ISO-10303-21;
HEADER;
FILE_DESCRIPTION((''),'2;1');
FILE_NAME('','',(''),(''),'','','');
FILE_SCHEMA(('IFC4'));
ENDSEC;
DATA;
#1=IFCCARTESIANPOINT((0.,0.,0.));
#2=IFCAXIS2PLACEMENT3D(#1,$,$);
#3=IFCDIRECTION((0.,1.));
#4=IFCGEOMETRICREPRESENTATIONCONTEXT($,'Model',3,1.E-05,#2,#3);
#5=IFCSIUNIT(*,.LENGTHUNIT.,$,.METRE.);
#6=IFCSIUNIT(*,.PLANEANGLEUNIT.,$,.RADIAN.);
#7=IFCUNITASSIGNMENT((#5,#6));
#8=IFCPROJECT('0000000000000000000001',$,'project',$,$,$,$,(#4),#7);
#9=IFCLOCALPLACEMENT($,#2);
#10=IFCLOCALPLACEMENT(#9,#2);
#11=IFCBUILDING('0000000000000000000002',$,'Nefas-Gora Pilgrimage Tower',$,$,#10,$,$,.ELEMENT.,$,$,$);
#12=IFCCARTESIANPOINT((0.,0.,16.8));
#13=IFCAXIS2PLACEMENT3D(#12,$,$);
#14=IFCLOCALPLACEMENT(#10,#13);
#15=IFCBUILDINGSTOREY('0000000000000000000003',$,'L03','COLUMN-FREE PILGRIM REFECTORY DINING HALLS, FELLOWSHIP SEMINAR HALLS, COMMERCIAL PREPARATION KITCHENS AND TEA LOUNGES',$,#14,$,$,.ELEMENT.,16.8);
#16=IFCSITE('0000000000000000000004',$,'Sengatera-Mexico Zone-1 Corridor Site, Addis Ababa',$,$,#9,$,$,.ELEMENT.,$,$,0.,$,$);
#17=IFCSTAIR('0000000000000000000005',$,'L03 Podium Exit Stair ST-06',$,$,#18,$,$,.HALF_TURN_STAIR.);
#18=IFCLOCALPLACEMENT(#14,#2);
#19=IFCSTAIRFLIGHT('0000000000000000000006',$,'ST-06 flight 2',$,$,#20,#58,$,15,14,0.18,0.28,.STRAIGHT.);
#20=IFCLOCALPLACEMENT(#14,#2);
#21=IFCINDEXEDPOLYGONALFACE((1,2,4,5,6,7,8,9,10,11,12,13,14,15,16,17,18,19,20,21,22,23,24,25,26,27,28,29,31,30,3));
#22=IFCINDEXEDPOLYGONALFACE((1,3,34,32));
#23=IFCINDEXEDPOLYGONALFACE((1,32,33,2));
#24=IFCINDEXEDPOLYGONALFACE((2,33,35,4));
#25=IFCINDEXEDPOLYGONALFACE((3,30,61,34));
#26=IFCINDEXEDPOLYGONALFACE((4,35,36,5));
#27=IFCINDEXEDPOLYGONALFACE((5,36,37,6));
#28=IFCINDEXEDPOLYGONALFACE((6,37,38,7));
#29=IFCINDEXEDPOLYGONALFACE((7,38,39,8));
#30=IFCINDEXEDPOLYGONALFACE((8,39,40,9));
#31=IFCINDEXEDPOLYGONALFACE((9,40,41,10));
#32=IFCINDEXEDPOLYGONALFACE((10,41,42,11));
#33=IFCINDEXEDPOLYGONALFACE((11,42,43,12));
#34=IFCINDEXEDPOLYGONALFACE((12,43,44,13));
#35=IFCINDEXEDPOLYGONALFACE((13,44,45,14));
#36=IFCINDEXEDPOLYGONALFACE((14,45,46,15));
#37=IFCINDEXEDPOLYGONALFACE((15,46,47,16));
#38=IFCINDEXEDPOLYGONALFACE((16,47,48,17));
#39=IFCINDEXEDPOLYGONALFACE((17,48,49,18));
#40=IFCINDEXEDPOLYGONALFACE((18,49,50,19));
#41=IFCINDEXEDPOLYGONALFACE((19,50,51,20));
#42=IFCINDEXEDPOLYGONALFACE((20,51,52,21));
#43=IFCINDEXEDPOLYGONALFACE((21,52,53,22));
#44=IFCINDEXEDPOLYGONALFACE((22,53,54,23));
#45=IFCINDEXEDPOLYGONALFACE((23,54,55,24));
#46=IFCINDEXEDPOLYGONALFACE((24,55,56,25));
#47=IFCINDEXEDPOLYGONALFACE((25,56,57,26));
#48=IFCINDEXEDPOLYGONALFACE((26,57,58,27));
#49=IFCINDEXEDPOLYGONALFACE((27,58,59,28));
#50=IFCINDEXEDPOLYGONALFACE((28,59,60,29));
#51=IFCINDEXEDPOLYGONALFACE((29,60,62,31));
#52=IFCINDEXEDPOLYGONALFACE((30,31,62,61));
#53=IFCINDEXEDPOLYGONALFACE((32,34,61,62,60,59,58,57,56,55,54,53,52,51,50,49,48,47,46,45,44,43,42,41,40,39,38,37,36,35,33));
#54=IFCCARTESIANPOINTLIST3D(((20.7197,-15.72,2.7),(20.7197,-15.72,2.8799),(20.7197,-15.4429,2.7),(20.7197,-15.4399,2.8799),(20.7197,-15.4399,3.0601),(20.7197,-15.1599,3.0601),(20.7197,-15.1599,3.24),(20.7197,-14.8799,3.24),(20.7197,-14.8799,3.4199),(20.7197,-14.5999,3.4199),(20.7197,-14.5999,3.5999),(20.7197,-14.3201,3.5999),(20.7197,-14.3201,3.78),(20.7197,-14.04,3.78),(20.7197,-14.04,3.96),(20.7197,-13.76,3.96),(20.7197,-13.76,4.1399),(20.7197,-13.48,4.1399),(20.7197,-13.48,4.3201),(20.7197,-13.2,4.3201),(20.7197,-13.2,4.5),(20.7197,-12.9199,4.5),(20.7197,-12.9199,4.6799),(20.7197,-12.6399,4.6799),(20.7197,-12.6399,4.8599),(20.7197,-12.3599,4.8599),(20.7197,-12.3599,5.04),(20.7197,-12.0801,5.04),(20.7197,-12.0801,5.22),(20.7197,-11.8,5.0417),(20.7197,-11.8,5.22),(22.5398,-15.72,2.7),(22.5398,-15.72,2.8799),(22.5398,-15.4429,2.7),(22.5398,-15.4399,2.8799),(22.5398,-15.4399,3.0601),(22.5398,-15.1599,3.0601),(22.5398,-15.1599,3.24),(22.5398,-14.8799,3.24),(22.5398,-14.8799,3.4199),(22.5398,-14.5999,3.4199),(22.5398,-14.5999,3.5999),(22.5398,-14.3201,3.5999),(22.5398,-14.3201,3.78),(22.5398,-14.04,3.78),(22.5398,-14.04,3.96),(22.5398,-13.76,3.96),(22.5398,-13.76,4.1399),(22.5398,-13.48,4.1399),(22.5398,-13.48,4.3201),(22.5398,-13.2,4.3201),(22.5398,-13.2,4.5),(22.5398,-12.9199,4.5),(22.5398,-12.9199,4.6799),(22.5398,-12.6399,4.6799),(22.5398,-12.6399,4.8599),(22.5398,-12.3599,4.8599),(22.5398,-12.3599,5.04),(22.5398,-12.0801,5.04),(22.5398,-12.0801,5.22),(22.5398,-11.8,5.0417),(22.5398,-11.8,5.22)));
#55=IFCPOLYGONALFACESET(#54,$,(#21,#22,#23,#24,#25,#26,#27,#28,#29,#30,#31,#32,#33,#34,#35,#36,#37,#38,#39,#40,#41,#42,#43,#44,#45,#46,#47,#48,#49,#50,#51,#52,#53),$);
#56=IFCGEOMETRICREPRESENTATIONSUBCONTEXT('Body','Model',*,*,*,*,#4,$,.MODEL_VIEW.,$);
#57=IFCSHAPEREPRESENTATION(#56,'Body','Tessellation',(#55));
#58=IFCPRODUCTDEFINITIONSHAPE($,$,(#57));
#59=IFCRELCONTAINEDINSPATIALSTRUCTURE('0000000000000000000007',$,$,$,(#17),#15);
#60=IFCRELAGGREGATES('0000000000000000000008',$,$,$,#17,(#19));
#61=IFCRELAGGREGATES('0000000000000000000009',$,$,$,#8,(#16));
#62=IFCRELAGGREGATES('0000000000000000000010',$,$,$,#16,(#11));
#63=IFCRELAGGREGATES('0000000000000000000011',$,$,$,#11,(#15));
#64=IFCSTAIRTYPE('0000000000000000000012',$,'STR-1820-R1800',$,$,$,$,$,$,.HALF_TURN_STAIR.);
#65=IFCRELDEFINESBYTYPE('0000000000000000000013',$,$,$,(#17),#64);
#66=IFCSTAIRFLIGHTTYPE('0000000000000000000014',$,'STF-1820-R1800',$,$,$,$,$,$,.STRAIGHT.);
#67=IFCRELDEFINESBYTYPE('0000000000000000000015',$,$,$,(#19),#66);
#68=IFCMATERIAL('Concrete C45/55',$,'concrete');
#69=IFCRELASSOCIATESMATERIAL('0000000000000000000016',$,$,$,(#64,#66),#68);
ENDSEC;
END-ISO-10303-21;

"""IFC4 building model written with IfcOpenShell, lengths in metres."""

from ifc_helpers import new_model, si_unit, direction, frame, origin, place, context, subcontext, project, spatial, polyline, outline, extrude, source, transform, mapped, material, type_object, element, aggregate, save


model = new_model("IFC4")

# Units and contexts
model_context = context("Model", 3, precision=1e-05, world=origin(), true_north=direction((0.0, 1.0)))
body_context = subcontext(model_context, "Body", "Model", "MODEL_VIEW")
ifc_project = project(units=[si_unit("LENGTHUNIT", "METRE"), si_unit("PLANEANGLEUNIT", "RADIAN")], contexts=[model_context])

# Site, building, storey
site_placement = place(None, origin())
site = spatial("IfcSite", under=ifc_project, at=site_placement, Name="Sengatera-Mexico Zone-1 Corridor Site, Addis Ababa", CompositionType="ELEMENT", RefElevation=0.0)
building_placement = place(site_placement, origin())
building = spatial("IfcBuilding", under=site, at=building_placement, Name="Nefas-Gora Pilgrimage Tower", CompositionType="ELEMENT")
storey_placement = place(building_placement, frame((0.0, 0.0, 16.8)))
storey = spatial("IfcBuildingStorey", under=building, at=storey_placement, Name="L03", Description="COLUMN-FREE PILGRIM REFECTORY DINING HALLS, FELLOWSHIP SEMINAR HALLS, COMMERCIAL PREPARATION KITCHENS AND TEA LOUNGES", CompositionType="ELEMENT", Elevation=16.8)

# Shared definitions
ifc_material_1 = material(Name="Concrete C45/55", Category="concrete")

# Stair, stair flight
stair_type = type_object("IfcStairType", Name="STR-1820-R1800", PredefinedType="HALF_TURN_STAIR", material=ifc_material_1)
stair_placement = place(storey_placement, origin())
stair = element("IfcStair", 1, at=stair_placement, inside=storey, type_object=stair_type, Name="L03 Podium Exit Stair ST-06", PredefinedType="HALF_TURN_STAIR")
stair_flight_type = type_object("IfcStairFlightType", Name="STF-1820-R1800", PredefinedType="STRAIGHT", material=ifc_material_1)
shared_shape_1 = source(origin(), body_context, "Body", "SweptSolid", [
    extrude(outline(polyline([(0.0, 0.0), (0.0, 0.1799), (0.28, 0.1799), (0.28, 0.3601), (0.5601, 0.3601), (0.5601, 0.54), (0.8401, 0.54), (0.8401, 0.72), (1.1201, 0.72), (1.1201, 0.8999), (1.3999, 0.8999), (1.3999, 1.0801), (1.6799, 1.0801), (1.6799, 1.26), (1.96, 1.26), (1.96, 1.4399), (2.24, 1.4399), (2.24, 1.6201), (2.52, 1.6201), (2.52, 1.8), (2.8, 1.8), (2.8, 1.98), (3.0801, 1.98), (3.0801, 2.1599), (3.3601, 2.1599), (3.3601, 2.3401), (3.6399, 2.3401), (3.6399, 2.52), (3.9199, 2.52), (3.9199, 2.7), (3.9199, 2.3418), (0.2771, 0.0), (0.0, 0.0)])), frame((0.0, 0.9102, 0.0), z_axis=(0.0, -1.0, 0.0), x_axis=(1.0, 0.0, 0.0)), (0.0, 0.0, 1.0), 1.8201),
])
stair_flight_1_placement = place(storey_placement, frame((21.6299, -15.72, 2.7), z_axis=(0.0, 0.0, 1.0), x_axis=(0.0, 1.0, 0.0)))
stair_flight_1 = element("IfcStairFlight", 2, at=stair_flight_1_placement, type_object=stair_flight_type, Name="ST-06 flight 2", NumberOfRisers=15, NumberOfTreads=14, PredefinedType="STRAIGHT", RiserHeight=0.18, TreadLength=0.28, context=body_context, shape_type="MappedRepresentation", body=[
    mapped(shared_shape_1, transform((0.0, 0.0, 0.0), x_axis=(1.0, 0.0, 0.0), y_axis=(0.0, 1.0, 0.0), z_axis=(0.0, 0.0, 1.0), scale=1.0)),
])
aggregate(stair, [stair_flight_1])

save(model, "model.ifc")
